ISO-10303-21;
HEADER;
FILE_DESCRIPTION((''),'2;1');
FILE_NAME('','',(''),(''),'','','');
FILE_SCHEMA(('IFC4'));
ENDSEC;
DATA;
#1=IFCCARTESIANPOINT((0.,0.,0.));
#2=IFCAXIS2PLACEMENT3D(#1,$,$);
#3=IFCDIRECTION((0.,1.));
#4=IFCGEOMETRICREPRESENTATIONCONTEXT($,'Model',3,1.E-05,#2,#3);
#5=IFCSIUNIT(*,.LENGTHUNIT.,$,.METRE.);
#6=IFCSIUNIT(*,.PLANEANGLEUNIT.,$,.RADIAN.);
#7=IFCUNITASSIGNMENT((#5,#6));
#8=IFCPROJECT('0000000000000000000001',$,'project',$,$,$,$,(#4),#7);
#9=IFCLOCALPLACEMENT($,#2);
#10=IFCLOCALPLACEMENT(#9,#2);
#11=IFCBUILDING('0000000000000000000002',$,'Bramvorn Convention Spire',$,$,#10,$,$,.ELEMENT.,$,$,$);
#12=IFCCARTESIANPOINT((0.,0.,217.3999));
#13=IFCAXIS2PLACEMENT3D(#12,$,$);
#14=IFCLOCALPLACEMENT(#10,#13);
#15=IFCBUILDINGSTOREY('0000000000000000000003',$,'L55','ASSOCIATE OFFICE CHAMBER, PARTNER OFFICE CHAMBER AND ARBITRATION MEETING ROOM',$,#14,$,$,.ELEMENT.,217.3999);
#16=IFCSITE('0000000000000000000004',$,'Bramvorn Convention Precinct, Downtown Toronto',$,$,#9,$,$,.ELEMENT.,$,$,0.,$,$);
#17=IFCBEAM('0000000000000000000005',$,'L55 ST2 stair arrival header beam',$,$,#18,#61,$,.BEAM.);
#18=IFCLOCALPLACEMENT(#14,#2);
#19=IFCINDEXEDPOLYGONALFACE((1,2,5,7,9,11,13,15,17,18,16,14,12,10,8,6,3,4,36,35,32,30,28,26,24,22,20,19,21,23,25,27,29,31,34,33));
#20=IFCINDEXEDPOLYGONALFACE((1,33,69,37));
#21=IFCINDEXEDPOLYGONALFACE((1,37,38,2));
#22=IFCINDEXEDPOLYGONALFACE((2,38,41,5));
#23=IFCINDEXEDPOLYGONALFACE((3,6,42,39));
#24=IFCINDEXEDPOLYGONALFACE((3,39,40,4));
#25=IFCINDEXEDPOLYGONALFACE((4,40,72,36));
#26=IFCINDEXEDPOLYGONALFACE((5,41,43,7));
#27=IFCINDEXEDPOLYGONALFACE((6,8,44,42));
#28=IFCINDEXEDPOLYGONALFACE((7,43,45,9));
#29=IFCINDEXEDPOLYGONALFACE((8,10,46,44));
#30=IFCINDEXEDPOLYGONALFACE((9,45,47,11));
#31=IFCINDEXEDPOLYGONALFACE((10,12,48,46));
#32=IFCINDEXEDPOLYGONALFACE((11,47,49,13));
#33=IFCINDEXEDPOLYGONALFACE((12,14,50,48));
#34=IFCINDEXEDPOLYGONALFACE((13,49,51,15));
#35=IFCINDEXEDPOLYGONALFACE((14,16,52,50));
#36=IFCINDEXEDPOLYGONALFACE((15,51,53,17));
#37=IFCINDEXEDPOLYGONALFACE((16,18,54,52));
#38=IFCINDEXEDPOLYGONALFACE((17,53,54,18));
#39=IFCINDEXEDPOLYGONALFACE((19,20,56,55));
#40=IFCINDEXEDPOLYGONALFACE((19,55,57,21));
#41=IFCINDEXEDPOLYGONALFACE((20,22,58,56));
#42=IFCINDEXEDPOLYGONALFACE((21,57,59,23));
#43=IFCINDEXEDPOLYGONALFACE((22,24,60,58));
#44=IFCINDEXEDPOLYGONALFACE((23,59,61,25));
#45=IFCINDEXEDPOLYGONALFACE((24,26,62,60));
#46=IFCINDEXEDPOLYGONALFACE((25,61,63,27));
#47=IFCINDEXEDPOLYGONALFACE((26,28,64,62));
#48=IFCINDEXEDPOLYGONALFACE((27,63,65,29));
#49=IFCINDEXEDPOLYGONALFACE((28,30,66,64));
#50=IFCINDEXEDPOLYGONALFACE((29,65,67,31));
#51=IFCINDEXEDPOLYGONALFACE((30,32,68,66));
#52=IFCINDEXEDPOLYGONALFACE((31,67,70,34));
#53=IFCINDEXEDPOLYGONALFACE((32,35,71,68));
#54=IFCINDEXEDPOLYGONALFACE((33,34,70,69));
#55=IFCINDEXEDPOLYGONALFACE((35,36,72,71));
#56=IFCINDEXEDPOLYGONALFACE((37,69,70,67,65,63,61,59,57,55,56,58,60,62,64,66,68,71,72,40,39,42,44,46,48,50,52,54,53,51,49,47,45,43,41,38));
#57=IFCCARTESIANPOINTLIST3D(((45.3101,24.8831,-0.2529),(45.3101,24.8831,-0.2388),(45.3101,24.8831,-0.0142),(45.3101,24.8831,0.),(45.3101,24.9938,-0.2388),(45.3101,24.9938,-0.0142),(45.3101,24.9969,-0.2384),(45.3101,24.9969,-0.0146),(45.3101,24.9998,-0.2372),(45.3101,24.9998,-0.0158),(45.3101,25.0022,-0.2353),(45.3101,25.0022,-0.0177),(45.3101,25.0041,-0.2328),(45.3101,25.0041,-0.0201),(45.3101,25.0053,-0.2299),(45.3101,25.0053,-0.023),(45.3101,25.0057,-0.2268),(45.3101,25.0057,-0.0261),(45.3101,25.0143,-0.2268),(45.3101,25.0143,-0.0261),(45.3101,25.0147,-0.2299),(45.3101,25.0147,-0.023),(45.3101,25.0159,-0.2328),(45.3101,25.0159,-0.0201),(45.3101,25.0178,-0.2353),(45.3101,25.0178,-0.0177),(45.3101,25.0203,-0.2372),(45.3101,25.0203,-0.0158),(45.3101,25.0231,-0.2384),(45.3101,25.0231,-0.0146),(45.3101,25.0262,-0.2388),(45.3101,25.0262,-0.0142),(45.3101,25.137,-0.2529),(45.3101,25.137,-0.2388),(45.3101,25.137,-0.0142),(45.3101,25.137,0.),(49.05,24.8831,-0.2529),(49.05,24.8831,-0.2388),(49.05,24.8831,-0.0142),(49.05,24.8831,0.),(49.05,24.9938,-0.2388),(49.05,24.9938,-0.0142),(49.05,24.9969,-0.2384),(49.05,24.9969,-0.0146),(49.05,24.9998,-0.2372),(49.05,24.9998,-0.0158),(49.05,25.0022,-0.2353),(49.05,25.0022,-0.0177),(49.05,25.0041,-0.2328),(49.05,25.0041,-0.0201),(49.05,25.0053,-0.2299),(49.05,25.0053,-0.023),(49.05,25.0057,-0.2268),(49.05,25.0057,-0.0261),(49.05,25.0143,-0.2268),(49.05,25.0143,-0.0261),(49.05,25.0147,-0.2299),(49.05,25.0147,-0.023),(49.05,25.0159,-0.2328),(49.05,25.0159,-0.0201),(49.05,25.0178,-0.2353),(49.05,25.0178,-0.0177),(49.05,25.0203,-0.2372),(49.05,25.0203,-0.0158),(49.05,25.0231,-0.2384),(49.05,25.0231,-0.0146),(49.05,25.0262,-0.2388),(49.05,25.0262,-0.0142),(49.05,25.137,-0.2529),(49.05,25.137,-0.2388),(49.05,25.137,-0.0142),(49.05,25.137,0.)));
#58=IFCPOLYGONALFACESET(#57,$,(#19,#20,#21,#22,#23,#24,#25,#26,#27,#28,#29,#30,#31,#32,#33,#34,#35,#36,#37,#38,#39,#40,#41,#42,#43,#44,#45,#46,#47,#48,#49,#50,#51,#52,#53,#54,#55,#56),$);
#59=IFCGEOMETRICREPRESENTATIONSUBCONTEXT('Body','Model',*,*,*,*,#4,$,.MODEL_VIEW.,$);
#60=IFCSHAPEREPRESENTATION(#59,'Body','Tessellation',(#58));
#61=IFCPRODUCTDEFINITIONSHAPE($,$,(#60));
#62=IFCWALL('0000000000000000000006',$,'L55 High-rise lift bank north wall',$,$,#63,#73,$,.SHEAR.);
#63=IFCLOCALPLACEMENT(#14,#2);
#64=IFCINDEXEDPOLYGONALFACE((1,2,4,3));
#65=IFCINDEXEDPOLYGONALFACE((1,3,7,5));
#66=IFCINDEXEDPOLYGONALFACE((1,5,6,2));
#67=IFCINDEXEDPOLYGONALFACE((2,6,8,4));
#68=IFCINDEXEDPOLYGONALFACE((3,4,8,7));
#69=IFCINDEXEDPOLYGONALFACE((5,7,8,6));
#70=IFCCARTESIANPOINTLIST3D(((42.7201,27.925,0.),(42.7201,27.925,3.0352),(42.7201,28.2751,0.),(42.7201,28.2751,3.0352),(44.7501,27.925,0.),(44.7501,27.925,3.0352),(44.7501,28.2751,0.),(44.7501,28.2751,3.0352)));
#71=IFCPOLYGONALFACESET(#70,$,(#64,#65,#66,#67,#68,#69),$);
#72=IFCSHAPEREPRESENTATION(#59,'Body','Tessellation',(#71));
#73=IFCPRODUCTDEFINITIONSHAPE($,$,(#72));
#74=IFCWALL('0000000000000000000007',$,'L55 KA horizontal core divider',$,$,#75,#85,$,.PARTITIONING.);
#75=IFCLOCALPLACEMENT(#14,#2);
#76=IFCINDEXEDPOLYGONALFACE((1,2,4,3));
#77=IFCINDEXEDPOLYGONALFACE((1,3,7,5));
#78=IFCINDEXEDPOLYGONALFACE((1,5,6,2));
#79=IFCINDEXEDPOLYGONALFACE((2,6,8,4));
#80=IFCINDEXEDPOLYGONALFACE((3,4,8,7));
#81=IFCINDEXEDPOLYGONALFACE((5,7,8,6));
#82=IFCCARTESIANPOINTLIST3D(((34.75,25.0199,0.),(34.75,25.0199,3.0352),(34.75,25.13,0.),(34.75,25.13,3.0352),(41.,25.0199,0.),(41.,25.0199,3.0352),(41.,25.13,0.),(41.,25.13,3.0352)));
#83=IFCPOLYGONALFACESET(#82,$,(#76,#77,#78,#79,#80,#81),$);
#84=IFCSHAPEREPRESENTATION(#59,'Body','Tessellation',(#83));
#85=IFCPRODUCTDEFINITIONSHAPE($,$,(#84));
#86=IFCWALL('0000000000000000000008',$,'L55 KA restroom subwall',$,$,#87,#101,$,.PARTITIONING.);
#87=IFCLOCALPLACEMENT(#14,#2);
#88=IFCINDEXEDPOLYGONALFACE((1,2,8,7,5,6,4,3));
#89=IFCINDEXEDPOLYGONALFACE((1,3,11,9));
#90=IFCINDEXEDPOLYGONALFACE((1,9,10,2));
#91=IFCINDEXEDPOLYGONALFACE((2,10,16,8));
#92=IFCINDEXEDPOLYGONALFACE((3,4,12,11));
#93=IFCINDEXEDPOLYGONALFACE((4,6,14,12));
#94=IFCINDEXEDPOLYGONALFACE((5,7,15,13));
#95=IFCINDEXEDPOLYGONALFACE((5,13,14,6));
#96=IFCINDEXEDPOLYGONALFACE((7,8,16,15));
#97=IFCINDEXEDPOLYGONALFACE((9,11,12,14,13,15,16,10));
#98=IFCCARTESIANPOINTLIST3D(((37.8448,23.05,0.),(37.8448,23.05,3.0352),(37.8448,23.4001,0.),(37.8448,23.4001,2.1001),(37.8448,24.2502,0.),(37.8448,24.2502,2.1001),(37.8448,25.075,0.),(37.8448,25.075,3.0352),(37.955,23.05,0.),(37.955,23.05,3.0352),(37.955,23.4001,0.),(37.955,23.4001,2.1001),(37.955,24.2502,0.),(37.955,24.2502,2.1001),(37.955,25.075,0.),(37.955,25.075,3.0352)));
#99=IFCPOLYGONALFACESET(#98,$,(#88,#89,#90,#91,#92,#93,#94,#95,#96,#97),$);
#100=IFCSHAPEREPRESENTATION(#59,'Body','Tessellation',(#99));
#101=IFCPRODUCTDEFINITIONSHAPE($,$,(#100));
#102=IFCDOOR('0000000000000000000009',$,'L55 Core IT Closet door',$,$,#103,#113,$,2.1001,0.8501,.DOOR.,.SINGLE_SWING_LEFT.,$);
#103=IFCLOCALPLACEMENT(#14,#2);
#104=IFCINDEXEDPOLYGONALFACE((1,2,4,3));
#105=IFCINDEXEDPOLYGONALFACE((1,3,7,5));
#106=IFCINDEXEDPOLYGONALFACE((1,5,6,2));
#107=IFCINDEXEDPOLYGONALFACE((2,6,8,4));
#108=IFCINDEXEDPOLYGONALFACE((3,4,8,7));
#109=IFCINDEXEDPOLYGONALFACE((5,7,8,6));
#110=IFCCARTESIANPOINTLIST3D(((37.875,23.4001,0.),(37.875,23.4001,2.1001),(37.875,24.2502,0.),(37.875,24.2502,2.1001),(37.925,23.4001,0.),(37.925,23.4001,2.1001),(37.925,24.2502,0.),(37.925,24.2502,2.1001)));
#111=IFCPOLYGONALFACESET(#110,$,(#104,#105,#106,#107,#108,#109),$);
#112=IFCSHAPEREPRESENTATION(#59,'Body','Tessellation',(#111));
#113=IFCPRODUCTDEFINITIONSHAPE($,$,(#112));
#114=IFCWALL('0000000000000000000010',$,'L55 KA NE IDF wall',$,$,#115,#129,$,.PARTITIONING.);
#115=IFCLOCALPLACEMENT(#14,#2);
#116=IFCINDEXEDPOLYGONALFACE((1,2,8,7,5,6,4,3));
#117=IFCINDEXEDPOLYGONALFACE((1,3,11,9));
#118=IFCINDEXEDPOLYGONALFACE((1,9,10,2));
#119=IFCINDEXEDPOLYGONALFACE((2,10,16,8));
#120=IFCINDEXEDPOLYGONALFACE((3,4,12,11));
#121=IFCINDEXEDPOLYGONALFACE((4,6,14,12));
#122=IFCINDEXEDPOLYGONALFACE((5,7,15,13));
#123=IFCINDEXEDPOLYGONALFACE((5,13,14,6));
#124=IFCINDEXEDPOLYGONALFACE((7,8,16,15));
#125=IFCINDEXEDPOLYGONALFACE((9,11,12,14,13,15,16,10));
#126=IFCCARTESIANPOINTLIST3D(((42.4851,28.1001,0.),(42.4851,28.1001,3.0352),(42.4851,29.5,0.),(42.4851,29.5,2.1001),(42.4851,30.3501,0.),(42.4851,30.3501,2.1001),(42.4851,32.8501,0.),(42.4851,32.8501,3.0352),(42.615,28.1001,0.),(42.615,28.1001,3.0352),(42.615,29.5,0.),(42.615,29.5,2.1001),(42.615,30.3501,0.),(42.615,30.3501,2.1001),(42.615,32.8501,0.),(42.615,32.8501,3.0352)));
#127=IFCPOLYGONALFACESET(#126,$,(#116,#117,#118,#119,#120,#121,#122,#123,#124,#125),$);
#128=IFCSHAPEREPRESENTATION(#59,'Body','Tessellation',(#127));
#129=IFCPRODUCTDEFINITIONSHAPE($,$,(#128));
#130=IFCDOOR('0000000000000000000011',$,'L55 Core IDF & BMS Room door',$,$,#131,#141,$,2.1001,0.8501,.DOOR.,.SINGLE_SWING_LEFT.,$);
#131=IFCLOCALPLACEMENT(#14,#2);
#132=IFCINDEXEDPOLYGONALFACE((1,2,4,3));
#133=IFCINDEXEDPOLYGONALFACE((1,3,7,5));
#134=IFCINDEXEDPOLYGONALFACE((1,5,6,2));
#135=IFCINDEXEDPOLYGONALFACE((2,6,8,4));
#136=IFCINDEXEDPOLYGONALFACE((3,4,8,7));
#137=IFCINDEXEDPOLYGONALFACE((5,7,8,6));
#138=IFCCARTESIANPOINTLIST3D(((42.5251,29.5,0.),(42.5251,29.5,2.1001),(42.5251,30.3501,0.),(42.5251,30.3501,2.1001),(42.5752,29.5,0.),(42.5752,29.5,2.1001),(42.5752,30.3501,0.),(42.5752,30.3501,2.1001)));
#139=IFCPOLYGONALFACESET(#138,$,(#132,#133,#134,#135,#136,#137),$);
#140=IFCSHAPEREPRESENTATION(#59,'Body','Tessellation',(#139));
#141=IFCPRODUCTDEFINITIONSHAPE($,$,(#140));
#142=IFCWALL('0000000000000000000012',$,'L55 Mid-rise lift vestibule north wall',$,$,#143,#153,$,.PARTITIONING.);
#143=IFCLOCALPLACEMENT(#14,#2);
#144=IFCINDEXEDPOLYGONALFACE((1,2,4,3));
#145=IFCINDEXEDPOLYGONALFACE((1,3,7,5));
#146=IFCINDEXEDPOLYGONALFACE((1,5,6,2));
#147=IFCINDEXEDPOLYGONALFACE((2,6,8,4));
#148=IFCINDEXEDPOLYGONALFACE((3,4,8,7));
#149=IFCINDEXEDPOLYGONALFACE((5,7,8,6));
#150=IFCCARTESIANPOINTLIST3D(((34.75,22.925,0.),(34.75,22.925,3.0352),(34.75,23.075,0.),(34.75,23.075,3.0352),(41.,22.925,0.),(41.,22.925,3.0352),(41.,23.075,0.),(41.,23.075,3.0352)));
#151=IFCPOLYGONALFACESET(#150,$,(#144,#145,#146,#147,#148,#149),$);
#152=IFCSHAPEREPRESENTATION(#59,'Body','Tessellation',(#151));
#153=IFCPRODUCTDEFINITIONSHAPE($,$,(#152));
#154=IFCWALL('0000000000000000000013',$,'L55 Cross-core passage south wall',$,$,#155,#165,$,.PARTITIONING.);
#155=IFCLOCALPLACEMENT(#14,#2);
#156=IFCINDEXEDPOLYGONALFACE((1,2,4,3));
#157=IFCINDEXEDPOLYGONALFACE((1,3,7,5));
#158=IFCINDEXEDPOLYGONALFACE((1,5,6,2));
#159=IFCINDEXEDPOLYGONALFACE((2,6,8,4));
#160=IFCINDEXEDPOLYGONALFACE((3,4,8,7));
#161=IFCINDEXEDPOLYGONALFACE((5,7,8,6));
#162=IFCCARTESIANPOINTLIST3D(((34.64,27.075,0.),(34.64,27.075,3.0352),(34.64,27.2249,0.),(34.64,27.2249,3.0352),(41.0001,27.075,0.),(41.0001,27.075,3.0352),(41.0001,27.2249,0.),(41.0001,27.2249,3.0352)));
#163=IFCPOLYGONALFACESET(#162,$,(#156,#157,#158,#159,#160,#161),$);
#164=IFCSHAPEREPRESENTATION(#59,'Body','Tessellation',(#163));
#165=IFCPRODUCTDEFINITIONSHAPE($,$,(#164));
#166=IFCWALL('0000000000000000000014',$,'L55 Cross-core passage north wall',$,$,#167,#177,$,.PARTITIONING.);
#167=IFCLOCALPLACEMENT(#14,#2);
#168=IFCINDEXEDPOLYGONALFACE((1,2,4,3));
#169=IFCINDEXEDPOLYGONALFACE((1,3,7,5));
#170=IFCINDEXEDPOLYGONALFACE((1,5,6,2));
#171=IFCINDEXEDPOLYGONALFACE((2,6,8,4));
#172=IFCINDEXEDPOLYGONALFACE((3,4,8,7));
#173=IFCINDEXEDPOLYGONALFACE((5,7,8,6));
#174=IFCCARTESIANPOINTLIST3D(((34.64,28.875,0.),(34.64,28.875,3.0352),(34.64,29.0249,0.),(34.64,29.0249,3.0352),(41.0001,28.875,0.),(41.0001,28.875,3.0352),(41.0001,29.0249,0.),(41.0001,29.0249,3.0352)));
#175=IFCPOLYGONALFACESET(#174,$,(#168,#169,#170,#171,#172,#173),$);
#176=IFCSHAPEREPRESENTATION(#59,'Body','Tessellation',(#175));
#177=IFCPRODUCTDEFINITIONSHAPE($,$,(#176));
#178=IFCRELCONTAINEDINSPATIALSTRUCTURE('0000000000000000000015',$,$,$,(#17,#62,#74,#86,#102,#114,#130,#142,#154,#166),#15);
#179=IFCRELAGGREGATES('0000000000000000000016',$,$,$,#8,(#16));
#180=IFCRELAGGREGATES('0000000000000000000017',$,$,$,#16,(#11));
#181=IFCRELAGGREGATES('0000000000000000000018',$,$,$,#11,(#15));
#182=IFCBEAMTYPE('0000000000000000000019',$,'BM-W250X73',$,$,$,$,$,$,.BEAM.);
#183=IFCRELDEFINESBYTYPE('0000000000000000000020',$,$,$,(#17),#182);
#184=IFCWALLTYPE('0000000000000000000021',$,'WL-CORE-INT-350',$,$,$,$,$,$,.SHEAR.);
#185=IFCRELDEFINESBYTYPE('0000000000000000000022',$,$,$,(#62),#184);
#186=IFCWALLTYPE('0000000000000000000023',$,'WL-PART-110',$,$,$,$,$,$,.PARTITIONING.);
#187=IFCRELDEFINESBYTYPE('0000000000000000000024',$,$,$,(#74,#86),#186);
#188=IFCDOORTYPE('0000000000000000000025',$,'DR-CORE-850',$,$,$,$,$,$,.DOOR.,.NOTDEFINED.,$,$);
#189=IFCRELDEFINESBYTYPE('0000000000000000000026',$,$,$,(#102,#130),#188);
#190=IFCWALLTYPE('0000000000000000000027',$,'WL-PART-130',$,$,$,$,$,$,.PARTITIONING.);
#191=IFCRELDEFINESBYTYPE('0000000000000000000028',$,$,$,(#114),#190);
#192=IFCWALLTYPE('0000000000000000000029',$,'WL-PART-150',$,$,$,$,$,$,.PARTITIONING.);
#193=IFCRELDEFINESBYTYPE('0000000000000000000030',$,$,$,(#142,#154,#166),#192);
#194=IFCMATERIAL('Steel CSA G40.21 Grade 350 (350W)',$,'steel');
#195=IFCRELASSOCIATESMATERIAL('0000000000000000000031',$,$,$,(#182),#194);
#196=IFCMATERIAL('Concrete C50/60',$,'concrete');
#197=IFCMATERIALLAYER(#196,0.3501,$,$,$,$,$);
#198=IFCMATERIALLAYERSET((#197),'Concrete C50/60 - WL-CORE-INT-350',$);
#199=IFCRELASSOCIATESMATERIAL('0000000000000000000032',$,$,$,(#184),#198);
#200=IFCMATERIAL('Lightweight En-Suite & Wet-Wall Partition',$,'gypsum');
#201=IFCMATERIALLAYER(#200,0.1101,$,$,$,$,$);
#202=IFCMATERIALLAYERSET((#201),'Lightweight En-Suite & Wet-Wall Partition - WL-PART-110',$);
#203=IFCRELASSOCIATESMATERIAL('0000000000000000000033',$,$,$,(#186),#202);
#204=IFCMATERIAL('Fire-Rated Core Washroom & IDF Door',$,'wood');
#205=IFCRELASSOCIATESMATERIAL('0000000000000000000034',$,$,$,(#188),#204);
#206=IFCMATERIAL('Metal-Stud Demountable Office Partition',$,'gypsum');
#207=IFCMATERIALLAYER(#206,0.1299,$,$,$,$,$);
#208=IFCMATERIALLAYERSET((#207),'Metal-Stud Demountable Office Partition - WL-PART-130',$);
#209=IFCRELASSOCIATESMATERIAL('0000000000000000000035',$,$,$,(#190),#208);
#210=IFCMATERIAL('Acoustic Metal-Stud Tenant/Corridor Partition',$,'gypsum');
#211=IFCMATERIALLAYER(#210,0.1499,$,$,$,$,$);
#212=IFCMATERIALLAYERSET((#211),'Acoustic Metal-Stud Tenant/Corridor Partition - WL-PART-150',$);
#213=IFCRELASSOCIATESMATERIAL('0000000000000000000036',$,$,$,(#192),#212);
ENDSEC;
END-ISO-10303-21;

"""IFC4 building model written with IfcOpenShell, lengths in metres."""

from ifc_helpers import new_model, si_unit, direction, frame, frame_2d, origin, origin_2d, place, context, subcontext, project, spatial, rectangle, i_section, extrude, material, layer, layer_set, material_profile, profile_set, type_object, element, fill, save


model = new_model("IFC4")

# Units and contexts
model_context = context("Model", 3, precision=1e-05, world=origin(), true_north=direction((0.0, 1.0)))
body_context = subcontext(model_context, "Body", "Model", "MODEL_VIEW")
ifc_project = project(units=[si_unit("LENGTHUNIT", "METRE"), si_unit("PLANEANGLEUNIT", "RADIAN")], contexts=[model_context])

# Site, building, storey
site_placement = place(None, origin())
site = spatial("IfcSite", under=ifc_project, at=site_placement, Name="Bramvorn Convention Precinct, Downtown Toronto", CompositionType="ELEMENT", RefElevation=0.0)
building_placement = place(site_placement, origin())
building = spatial("IfcBuilding", under=site, at=building_placement, Name="Bramvorn Convention Spire", CompositionType="ELEMENT")
storey_placement = place(building_placement, frame((0.0, 0.0, 217.3999)))
storey = spatial("IfcBuildingStorey", under=building, at=storey_placement, Name="L55", Description="ASSOCIATE OFFICE CHAMBER, PARTNER OFFICE CHAMBER AND ARBITRATION MEETING ROOM", CompositionType="ELEMENT", Elevation=217.3999)

# Beam
ifc_material_1 = material(Name="Steel CSA G40.21 Grade 350 (350W)", Category="steel")
ifc_material_profile = material_profile(ifc_material_1, i_section(OverallWidth=0.2539, OverallDepth=0.2529, WebThickness=0.0085, FlangeThickness=0.0142, FilletRadius=0.012, at=origin_2d()))
ifc_profile_set = profile_set([ifc_material_profile], Name="Steel CSA G40.21 Grade 350 (350W) - W250X73")
beam_type = type_object("IfcBeamType", Name="BM-W250X73", PredefinedType="BEAM", material=ifc_profile_set)
beam_placement = place(storey_placement, frame((45.3101, 25.01, -0.1265), z_axis=(1.0, 0.0, 0.0), x_axis=(0.0, 1.0, 0.0)))
element("IfcBeam", 1, at=beam_placement, inside=storey, type_object=beam_type, Name="L55 ST2 stair arrival header beam", PredefinedType="BEAM", context=body_context, shape_type="SweptSolid", body=[
    extrude(i_section(OverallWidth=0.2539, OverallDepth=0.2529, WebThickness=0.0085, FlangeThickness=0.0142, FilletRadius=0.012, at=origin_2d()), origin(), (0.0, 0.0, 1.0), 3.74),
])

# Shared definitions
ifc_material_2 = material(Name="Concrete C50/60", Category="concrete")
ifc_layer_1 = layer(ifc_material_2, 0.3501)
ifc_layer_set_1 = layer_set([ifc_layer_1], Name="Concrete C50/60 - WL-CORE-INT-350")
wall_type_1 = type_object("IfcWallType", Name="WL-CORE-INT-350", PredefinedType="SHEAR", material=ifc_layer_set_1)

# Walls
wall_1_placement = place(storey_placement, frame((42.72, 28.1001, 0.0), z_axis=(0.0, 0.0, 1.0), x_axis=(1.0, 0.0, 0.0)))
element("IfcWall", 2, at=wall_1_placement, inside=storey, type_object=wall_type_1, Name="L55 High-rise lift bank north wall", PredefinedType="SHEAR", context=body_context, shape_type="SweptSolid", body=[
    extrude(rectangle(XDim=2.03, YDim=0.3501, at=frame_2d((1.0151, 0.0))), origin(), (0.0, 0.0, 1.0), 3.0352),
])
ifc_material_3 = material(Name="Lightweight En-Suite & Wet-Wall Partition", Category="gypsum")
ifc_layer_2 = layer(ifc_material_3, 0.1101)
ifc_layer_set_2 = layer_set([ifc_layer_2], Name="Lightweight En-Suite & Wet-Wall Partition - WL-PART-110")
wall_type_2 = type_object("IfcWallType", Name="WL-PART-110", PredefinedType="PARTITIONING", material=ifc_layer_set_2)
wall_2_placement = place(storey_placement, frame((34.75, 25.075, 0.0), z_axis=(0.0, 0.0, 1.0), x_axis=(1.0, 0.0, 0.0)))
element("IfcWall", 3, at=wall_2_placement, inside=storey, type_object=wall_type_2, Name="L55 KA horizontal core divider", PredefinedType="PARTITIONING", context=body_context, shape_type="SweptSolid", body=[
    extrude(rectangle(XDim=6.25, YDim=0.1101, at=frame_2d((3.125, 0.0))), origin(), (0.0, 0.0, 1.0), 3.0352),
])

# Walls, openings, doors
wall_3_placement = place(storey_placement, frame((37.8999, 23.05, 0.0), z_axis=(0.0, 0.0, 1.0), x_axis=(0.0, 1.0, 0.0)))
wall_3 = element("IfcWall", 4, at=wall_3_placement, inside=storey, type_object=wall_type_2, Name="L55 KA restroom subwall", PredefinedType="PARTITIONING", context=body_context, shape_type="SweptSolid", body=[
    extrude(rectangle(XDim=2.0249, YDim=0.1101, at=frame_2d((1.0125, 0.0))), origin(), (0.0, 0.0, 1.0), 3.0352),
])
opening_1_placement = place(wall_3_placement, frame((0.3501, 0.0, 0.0)))
opening_1 = element("IfcOpeningElement", 5, at=opening_1_placement, cuts=wall_3, PredefinedType="OPENING", context=body_context, shape_type="SweptSolid", body=[
    extrude(rectangle(XDim=0.8501, YDim=2.1001, at=frame_2d((0.425, 1.05))), frame((0.0, 0.0649, 0.0), z_axis=(0.0, -1.0, 0.0), x_axis=(1.0, 0.0, 0.0)), (0.0, 0.0, 1.0), 0.1301),
])
ifc_material_4 = material(Name="Fire-Rated Core Washroom & IDF Door", Category="wood")
door_type_1 = type_object("IfcDoorType", Name="DR-CORE-850", OperationType="NOTDEFINED", PredefinedType="DOOR", material=ifc_material_4)
door_1_placement = place(opening_1_placement, origin())
door_1 = element("IfcDoor", 6, at=door_1_placement, inside=storey, type_object=door_type_1, Name="L55 Core IT Closet door", OperationType="SINGLE_SWING_LEFT", OverallHeight=2.1001, OverallWidth=0.8501, PredefinedType="DOOR", context=body_context, shape_type="SweptSolid", body=[
    extrude(rectangle(XDim=0.8501, YDim=2.1001, at=frame_2d((0.425, 1.05))), frame((0.0, 0.0249, 0.0), z_axis=(0.0, -1.0, 0.0), x_axis=(1.0, 0.0, 0.0)), (0.0, 0.0, 1.0), 0.05),
])
fill(opening_1, door_1)
ifc_material_5 = material(Name="Metal-Stud Demountable Office Partition", Category="gypsum")
ifc_layer_3 = layer(ifc_material_5, 0.1299)
ifc_layer_set_3 = layer_set([ifc_layer_3], Name="Metal-Stud Demountable Office Partition - WL-PART-130")
wall_type_3 = type_object("IfcWallType", Name="WL-PART-130", PredefinedType="PARTITIONING", material=ifc_layer_set_3)
wall_4_placement = place(storey_placement, frame((42.55, 28.1001, 0.0), z_axis=(0.0, 0.0, 1.0), x_axis=(0.0, 1.0, 0.0)))
wall_4 = element("IfcWall", 7, at=wall_4_placement, inside=storey, type_object=wall_type_3, Name="L55 KA NE IDF wall", PredefinedType="PARTITIONING", context=body_context, shape_type="SweptSolid", body=[
    extrude(rectangle(XDim=4.75, YDim=0.1299, at=frame_2d((2.375, 0.0))), origin(), (0.0, 0.0, 1.0), 3.0352),
])
opening_2_placement = place(wall_4_placement, frame((1.3999, 0.0, 0.0)))
opening_2 = element("IfcOpeningElement", 8, at=opening_2_placement, cuts=wall_4, PredefinedType="OPENING", context=body_context, shape_type="SweptSolid", body=[
    extrude(rectangle(XDim=0.8501, YDim=2.1001, at=frame_2d((0.425, 1.05))), frame((0.0, 0.075, 0.0), z_axis=(0.0, -1.0, 0.0), x_axis=(1.0, 0.0, 0.0)), (0.0, 0.0, 1.0), 0.1499),
])
door_2_placement = place(opening_2_placement, origin())
door_2 = element("IfcDoor", 9, at=door_2_placement, inside=storey, type_object=door_type_1, Name="L55 Core IDF & BMS Room door", OperationType="SINGLE_SWING_LEFT", OverallHeight=2.1001, OverallWidth=0.8501, PredefinedType="DOOR", context=body_context, shape_type="SweptSolid", body=[
    extrude(rectangle(XDim=0.8501, YDim=2.1001, at=frame_2d((0.425, 1.05))), frame((0.0, 0.0249, 0.0), z_axis=(0.0, -1.0, 0.0), x_axis=(1.0, 0.0, 0.0)), (0.0, 0.0, 1.0), 0.05),
])
fill(opening_2, door_2)

# Walls
ifc_material_6 = material(Name="Acoustic Metal-Stud Tenant/Corridor Partition", Category="gypsum")
ifc_layer_4 = layer(ifc_material_6, 0.1499)
ifc_layer_set_4 = layer_set([ifc_layer_4], Name="Acoustic Metal-Stud Tenant/Corridor Partition - WL-PART-150")
wall_type_4 = type_object("IfcWallType", Name="WL-PART-150", PredefinedType="PARTITIONING", material=ifc_layer_set_4)
wall_5_placement = place(storey_placement, frame((34.75, 23.0, 0.0), z_axis=(0.0, 0.0, 1.0), x_axis=(1.0, 0.0, 0.0)))
element("IfcWall", 10, at=wall_5_placement, inside=storey, type_object=wall_type_4, Name="L55 Mid-rise lift vestibule north wall", PredefinedType="PARTITIONING", context=body_context, shape_type="SweptSolid", body=[
    extrude(rectangle(XDim=6.25, YDim=0.1499, at=frame_2d((3.125, 0.0))), origin(), (0.0, 0.0, 1.0), 3.0352),
])
for number, where, z_axis, x_axis, name in (
    (11, (34.6399, 27.1499, 0.0), (0.0, 0.0, 1.0), (1.0, 0.0, 0.0), "L55 Cross-core passage south wall"),
    (12, (34.6399, 28.95, 0.0), (0.0, 0.0, 1.0), (1.0, 0.0, 0.0), "L55 Cross-core passage north wall"),
):
    element("IfcWall", number, at=place(storey_placement, frame(where, z_axis=z_axis, x_axis=x_axis)), inside=storey, type_object=wall_type_4, Name=name, PredefinedType="PARTITIONING", context=body_context, shape_type="SweptSolid", body=[
        extrude(rectangle(XDim=6.3601, YDim=0.1499, at=frame_2d((3.1802, 0.0))), origin(), (0.0, 0.0, 1.0), 3.0352),
    ])

save(model, "model.ifc")
